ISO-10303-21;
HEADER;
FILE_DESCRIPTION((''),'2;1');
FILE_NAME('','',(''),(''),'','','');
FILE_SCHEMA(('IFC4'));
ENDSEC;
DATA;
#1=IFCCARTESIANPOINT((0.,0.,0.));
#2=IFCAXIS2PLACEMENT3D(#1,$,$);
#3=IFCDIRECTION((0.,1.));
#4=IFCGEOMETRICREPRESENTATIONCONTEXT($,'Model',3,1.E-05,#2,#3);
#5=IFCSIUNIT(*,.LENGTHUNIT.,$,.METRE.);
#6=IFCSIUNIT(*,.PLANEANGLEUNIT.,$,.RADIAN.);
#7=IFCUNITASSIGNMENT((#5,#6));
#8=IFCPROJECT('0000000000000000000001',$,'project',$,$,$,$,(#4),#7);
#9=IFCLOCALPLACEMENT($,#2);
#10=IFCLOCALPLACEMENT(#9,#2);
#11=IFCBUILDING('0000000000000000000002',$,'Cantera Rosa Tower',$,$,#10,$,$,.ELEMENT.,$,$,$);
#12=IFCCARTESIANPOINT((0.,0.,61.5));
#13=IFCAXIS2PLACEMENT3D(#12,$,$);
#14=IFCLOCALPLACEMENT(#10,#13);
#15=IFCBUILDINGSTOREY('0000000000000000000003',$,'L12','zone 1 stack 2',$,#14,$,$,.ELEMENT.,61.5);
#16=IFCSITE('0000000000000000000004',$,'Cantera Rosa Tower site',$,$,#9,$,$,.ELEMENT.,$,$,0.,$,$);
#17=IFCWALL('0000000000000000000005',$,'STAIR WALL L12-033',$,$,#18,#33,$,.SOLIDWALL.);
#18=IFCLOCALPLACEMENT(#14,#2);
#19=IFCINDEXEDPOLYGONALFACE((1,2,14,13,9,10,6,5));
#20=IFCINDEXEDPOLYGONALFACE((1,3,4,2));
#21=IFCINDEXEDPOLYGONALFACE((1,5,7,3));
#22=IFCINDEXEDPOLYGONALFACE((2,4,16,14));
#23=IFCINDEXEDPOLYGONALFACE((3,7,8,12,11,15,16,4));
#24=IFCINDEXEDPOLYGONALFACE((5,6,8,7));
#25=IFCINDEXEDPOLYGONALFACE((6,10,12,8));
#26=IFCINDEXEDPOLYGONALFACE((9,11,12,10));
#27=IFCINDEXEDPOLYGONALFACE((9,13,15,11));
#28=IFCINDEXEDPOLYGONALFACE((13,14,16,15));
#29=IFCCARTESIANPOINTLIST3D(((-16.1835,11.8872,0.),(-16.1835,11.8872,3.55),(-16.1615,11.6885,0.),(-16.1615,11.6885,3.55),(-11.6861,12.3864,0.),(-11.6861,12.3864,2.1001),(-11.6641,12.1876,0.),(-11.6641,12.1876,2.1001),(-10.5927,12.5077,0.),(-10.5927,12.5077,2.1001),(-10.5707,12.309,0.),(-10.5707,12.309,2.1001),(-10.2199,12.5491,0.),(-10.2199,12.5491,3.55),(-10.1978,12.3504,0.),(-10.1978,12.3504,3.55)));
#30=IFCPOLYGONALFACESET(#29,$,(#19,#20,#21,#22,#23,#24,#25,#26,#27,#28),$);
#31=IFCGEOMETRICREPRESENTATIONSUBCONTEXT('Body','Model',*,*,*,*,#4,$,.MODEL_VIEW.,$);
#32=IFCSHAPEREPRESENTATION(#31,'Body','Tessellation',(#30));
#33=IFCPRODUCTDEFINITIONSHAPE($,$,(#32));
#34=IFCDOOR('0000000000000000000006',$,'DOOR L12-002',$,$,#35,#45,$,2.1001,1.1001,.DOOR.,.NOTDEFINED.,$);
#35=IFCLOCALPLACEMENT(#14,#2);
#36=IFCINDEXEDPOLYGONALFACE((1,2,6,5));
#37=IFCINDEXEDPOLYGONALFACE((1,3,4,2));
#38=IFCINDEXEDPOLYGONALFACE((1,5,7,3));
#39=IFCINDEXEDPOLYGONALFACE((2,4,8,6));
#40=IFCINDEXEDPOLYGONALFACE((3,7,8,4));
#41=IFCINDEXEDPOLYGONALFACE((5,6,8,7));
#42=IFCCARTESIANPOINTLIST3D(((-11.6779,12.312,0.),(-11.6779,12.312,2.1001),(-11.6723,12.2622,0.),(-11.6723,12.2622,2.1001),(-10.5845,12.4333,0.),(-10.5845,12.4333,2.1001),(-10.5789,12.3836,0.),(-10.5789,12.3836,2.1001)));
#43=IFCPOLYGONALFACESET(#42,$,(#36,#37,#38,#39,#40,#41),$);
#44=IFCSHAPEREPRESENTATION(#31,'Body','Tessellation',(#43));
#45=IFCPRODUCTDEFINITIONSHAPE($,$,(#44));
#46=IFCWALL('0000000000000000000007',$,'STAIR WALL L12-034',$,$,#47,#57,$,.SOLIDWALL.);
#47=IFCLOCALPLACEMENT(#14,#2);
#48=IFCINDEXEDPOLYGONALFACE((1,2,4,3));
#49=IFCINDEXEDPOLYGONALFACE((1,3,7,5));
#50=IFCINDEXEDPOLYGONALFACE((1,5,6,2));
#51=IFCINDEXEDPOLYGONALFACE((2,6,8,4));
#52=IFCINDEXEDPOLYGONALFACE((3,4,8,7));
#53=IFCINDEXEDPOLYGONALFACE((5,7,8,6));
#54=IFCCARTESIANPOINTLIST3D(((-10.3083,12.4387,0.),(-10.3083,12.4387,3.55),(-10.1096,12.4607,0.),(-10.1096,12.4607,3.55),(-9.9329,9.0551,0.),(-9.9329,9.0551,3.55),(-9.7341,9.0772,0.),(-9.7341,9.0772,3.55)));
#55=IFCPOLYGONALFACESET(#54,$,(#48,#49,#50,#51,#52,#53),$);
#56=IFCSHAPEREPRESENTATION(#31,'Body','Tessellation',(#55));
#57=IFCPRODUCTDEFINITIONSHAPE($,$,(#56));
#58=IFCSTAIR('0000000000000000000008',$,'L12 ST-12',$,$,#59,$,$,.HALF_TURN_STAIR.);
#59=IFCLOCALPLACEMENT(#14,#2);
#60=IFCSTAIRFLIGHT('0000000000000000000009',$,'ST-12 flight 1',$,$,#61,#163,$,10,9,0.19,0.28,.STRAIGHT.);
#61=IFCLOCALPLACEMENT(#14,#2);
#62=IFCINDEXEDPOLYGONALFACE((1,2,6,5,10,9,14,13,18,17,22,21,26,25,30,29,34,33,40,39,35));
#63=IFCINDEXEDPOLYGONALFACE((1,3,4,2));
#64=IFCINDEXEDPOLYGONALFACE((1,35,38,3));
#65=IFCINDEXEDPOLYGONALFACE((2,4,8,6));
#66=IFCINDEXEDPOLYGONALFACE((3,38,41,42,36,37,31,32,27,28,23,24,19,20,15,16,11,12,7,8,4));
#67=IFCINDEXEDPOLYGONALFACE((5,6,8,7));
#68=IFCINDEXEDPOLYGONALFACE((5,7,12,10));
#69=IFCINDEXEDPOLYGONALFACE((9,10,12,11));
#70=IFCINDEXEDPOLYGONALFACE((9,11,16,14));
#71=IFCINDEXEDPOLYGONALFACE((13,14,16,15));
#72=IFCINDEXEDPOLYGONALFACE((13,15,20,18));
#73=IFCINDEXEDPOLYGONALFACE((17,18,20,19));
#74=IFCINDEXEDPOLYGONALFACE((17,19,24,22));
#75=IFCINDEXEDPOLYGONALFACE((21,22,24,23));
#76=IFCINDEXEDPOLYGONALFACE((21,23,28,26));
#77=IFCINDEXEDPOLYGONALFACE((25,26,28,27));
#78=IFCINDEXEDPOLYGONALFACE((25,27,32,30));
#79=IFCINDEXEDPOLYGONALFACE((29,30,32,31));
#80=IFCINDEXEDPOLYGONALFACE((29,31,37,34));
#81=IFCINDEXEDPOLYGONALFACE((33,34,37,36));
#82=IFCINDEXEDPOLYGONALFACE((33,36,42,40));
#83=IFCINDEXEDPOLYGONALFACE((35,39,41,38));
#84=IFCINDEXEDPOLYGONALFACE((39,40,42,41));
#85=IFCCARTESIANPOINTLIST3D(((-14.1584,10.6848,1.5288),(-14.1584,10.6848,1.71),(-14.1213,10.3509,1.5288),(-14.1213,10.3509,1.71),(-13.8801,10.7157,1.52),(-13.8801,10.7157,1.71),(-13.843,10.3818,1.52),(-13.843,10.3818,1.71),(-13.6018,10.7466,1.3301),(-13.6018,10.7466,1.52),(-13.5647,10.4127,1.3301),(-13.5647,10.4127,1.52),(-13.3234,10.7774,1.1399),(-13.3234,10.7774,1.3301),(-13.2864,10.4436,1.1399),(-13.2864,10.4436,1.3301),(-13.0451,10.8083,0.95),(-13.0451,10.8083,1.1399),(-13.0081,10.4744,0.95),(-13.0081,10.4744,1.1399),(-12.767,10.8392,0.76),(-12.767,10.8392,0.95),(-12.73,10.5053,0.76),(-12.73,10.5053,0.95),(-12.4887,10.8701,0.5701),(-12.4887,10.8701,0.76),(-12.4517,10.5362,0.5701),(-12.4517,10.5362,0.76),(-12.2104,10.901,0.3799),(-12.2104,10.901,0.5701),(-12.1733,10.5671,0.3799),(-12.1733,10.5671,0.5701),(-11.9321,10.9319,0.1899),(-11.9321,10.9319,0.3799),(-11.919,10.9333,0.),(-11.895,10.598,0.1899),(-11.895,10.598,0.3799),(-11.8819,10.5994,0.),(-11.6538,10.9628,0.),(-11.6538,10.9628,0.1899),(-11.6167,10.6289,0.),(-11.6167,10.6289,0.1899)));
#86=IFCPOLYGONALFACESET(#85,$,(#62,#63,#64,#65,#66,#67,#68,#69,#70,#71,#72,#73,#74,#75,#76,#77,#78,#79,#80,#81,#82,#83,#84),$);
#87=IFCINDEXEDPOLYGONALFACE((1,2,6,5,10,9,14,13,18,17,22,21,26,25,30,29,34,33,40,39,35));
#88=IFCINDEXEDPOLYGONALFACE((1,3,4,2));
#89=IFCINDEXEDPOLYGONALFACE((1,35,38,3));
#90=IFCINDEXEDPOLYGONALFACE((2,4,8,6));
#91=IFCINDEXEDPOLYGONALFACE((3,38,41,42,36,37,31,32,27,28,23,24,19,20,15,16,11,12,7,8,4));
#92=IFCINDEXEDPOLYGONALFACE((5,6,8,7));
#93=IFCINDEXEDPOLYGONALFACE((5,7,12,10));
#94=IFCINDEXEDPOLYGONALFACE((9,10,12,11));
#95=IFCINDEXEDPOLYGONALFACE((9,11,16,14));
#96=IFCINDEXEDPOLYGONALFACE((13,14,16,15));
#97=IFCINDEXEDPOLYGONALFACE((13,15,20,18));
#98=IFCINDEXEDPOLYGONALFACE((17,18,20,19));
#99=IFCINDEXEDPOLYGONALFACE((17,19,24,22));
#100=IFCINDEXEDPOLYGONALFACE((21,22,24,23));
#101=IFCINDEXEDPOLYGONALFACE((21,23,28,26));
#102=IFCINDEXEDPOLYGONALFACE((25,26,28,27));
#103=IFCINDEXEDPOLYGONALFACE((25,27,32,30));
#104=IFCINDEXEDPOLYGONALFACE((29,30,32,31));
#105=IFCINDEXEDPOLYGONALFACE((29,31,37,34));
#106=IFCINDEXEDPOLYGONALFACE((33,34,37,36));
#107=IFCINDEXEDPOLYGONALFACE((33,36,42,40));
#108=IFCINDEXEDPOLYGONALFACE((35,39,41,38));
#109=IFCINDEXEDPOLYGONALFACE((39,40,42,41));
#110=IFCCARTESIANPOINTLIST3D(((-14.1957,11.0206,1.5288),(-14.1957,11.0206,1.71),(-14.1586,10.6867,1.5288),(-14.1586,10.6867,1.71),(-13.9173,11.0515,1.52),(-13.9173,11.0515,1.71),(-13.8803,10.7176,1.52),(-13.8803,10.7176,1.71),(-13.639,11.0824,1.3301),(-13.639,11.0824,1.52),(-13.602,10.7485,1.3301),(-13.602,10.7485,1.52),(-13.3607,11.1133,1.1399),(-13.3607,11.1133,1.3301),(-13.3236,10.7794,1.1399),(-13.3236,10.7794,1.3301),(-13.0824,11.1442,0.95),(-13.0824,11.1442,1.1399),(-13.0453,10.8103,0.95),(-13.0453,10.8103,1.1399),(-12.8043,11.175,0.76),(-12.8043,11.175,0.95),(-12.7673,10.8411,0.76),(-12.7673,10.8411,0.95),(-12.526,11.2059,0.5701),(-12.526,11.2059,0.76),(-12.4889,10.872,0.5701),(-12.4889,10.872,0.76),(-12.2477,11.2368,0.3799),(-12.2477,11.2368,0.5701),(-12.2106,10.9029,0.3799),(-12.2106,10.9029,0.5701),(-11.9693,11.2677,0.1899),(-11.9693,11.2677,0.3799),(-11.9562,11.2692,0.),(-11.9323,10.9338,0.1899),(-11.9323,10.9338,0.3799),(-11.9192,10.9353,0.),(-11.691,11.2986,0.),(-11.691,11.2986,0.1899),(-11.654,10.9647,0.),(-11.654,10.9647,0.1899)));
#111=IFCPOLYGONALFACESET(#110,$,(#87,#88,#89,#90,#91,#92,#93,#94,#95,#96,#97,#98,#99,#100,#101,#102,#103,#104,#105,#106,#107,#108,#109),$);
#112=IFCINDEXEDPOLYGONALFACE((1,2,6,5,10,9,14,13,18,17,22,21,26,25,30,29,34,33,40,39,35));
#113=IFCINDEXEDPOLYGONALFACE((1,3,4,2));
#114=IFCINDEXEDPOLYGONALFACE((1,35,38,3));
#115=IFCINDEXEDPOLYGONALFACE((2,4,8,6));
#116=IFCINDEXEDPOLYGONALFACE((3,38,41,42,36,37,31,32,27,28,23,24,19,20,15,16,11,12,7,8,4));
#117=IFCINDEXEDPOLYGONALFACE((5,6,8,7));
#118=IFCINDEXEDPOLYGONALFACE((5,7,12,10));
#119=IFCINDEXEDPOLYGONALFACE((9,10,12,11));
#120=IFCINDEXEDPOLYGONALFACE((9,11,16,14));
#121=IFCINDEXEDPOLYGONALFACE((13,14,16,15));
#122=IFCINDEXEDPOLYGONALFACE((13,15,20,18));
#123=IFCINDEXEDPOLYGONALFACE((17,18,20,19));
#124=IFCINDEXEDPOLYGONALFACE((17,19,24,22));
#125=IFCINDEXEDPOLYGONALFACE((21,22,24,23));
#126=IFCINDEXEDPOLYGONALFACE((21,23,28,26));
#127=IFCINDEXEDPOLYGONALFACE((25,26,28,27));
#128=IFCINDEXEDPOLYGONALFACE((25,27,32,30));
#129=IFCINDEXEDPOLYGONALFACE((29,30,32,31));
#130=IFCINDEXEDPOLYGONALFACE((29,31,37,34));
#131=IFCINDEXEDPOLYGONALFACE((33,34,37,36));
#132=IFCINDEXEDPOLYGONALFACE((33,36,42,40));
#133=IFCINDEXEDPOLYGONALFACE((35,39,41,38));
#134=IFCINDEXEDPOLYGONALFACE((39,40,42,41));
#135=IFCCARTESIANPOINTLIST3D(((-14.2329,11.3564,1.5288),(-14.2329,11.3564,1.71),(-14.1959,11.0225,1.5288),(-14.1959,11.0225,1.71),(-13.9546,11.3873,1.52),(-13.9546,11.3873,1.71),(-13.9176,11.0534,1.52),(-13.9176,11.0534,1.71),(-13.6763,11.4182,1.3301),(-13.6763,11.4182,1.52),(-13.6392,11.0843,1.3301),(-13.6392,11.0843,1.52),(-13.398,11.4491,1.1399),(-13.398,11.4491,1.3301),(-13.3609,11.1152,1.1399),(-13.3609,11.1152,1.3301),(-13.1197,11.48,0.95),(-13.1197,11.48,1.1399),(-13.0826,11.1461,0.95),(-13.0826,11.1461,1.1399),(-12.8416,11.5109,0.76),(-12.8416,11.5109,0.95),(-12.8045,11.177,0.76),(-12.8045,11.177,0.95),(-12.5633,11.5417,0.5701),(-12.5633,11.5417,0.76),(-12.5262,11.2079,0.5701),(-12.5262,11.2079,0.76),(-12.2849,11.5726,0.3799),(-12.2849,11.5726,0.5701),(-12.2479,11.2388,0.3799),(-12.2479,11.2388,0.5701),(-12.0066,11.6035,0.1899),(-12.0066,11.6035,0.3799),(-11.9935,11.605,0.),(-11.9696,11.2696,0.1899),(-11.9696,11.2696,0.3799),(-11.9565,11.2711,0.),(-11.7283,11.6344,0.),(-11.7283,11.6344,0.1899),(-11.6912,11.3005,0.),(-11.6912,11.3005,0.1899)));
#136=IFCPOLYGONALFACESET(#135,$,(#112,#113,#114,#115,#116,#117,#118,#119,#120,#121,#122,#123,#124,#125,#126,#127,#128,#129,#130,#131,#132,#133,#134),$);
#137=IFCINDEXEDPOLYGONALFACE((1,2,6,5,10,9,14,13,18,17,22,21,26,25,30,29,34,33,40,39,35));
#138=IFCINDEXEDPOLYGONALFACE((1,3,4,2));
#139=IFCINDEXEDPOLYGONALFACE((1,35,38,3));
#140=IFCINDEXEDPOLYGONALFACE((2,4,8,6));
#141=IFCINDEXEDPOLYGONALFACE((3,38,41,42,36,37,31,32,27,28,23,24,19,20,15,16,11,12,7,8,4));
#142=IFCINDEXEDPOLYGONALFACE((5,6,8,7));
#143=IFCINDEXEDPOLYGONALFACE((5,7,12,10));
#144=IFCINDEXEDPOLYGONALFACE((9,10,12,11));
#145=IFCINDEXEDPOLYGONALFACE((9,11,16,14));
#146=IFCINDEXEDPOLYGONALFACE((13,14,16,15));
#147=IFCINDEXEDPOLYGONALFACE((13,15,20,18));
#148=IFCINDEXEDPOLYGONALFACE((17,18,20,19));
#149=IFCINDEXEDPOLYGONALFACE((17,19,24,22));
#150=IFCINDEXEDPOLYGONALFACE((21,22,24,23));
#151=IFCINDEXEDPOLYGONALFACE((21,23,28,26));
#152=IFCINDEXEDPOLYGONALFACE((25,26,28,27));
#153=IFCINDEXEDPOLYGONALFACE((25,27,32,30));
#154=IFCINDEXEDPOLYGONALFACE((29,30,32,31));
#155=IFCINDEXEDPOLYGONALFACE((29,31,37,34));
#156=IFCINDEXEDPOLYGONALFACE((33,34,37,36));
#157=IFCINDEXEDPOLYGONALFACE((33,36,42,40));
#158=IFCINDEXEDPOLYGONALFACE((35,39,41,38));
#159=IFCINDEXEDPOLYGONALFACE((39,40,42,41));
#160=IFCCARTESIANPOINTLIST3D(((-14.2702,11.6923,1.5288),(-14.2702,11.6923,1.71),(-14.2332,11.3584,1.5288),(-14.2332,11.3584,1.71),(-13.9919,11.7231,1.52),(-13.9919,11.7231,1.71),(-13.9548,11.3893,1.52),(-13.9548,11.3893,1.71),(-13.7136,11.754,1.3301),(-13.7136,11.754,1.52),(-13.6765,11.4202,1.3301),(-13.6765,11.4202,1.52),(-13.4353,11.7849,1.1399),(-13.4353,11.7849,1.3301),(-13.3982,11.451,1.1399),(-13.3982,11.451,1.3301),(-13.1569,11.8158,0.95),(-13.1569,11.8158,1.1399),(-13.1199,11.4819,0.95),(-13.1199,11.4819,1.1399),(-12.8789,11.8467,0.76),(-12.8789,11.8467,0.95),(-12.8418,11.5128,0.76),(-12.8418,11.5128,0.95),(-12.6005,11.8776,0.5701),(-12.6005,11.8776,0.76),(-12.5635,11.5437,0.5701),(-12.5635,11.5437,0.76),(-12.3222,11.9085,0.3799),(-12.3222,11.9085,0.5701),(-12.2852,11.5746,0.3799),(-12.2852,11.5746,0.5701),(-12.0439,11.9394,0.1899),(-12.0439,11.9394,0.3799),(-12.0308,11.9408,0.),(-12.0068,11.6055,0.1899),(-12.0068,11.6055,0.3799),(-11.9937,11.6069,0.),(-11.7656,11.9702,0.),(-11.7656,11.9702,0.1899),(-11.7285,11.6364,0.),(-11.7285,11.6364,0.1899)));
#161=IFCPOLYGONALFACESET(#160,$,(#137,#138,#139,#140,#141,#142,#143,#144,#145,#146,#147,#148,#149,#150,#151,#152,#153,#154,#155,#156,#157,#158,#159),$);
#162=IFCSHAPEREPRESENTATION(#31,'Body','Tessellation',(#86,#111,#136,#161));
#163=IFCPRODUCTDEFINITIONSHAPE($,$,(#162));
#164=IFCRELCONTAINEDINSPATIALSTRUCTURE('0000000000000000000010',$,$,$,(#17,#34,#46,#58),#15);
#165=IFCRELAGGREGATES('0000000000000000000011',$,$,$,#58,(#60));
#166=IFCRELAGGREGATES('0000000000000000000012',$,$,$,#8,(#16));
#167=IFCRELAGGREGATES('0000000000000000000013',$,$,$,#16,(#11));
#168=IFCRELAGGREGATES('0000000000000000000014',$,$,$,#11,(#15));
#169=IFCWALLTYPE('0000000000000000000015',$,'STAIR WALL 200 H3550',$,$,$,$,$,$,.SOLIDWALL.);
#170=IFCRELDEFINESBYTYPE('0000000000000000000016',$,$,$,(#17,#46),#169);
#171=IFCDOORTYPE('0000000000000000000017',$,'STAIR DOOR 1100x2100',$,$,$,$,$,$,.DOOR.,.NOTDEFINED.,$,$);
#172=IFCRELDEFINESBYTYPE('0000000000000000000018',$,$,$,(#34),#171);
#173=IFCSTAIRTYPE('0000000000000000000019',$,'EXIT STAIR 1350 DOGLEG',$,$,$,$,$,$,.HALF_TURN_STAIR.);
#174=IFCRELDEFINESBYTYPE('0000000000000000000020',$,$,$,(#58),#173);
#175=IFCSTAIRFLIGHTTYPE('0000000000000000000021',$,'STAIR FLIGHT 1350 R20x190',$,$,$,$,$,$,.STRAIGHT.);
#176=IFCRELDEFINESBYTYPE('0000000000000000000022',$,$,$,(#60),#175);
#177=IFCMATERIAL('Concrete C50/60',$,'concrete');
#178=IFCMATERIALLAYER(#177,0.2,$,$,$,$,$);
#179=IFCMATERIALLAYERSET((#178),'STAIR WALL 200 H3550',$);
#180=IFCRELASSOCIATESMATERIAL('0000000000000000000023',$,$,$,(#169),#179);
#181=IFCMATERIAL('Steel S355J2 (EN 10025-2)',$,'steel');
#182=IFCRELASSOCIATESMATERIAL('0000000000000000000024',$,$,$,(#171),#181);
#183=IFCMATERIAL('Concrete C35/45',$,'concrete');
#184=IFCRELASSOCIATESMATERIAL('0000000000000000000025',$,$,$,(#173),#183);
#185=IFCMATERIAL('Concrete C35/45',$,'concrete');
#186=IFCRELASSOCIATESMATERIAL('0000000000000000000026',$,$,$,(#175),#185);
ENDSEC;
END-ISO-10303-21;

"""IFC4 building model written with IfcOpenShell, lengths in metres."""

from ifc_helpers import new_model, si_unit, direction, frame, frame_2d, origin, place, context, subcontext, project, spatial, polyline, rectangle, outline, extrude, material, layer, layer_set, type_object, element, fill, aggregate, save


model = new_model("IFC4")

# Units and contexts
model_context = context("Model", 3, precision=1e-05, world=origin(), true_north=direction((0.0, 1.0)))
body_context = subcontext(model_context, "Body", "Model", "MODEL_VIEW")
ifc_project = project(units=[si_unit("LENGTHUNIT", "METRE"), si_unit("PLANEANGLEUNIT", "RADIAN")], contexts=[model_context])

# Site, building, storey
site_placement = place(None, origin())
site = spatial("IfcSite", under=ifc_project, at=site_placement, Name="Cantera Rosa Tower site", CompositionType="ELEMENT", RefElevation=0.0)
building_placement = place(site_placement, origin())
building = spatial("IfcBuilding", under=site, at=building_placement, Name="Cantera Rosa Tower", CompositionType="ELEMENT")
storey_placement = place(building_placement, frame((0.0, 0.0, 61.5)))
storey = spatial("IfcBuildingStorey", under=building, at=storey_placement, Name="L12", Description="zone 1 stack 2", CompositionType="ELEMENT", Elevation=61.5)

# Wall, opening, door
ifc_material_1 = material(Name="Concrete C50/60", Category="concrete")
ifc_layer_1 = layer(ifc_material_1, 0.2)
ifc_layer_set_1 = layer_set([ifc_layer_1], Name="STAIR WALL 200 H3550")
wall_type_1 = type_object("IfcWallType", Name="STAIR WALL 200 H3550", PredefinedType="SOLIDWALL", material=ifc_layer_set_1)
wall_1_placement = place(storey_placement, frame((-10.209, 12.4497, 0.0), z_axis=(0.0, 0.0, 1.0), x_axis=(-0.993898, -0.110306, 0.0)))
wall_1 = element("IfcWall", 1, at=wall_1_placement, inside=storey, type_object=wall_type_1, Name="STAIR WALL L12-033", PredefinedType="SOLIDWALL", context=body_context, shape_type="SweptSolid", body=[
    extrude(rectangle(XDim=6.0002, YDim=0.2, at=frame_2d((3.0, 0.0))), origin(), (0.0, 0.0, 1.0), 3.55),
])
opening_1_placement = place(wall_1_placement, frame((0.375, 0.0, 0.0)))
opening_1 = element("IfcOpeningElement", 2, at=opening_1_placement, cuts=wall_1, PredefinedType="OPENING", context=body_context, shape_type="SweptSolid", body=[
    extrude(rectangle(XDim=1.1001, YDim=2.1001, at=frame_2d((0.55, 1.05))), frame((0.0, 0.1099, 0.0), z_axis=(0.0, -1.0, 0.0), x_axis=(1.0, 0.0, 0.0)), (0.0, 0.0, 1.0), 0.22),
])
ifc_material_2 = material(Name="Steel S355J2 (EN 10025-2)", Category="steel")
door_type_1 = type_object("IfcDoorType", Name="STAIR DOOR 1100x2100", OperationType="NOTDEFINED", PredefinedType="DOOR", material=ifc_material_2)
door_1_placement = place(opening_1_placement, origin())
door_1 = element("IfcDoor", 3, at=door_1_placement, inside=storey, type_object=door_type_1, Name="DOOR L12-002", OperationType="NOTDEFINED", OverallHeight=2.1001, OverallWidth=1.1001, PredefinedType="DOOR", context=body_context, shape_type="SweptSolid", body=[
    extrude(rectangle(XDim=1.1001, YDim=2.1001, at=frame_2d((0.55, 1.05))), frame((0.0, 0.0249, 0.0), z_axis=(0.0, -1.0, 0.0), x_axis=(1.0, 0.0, 0.0)), (0.0, 0.0, 1.0), 0.05),
])
fill(opening_1, door_1)

# Wall
wall_2_placement = place(storey_placement, frame((-9.8335, 9.0662, 0.0), z_axis=(0.0, 0.0, 1.0), x_axis=(-0.110298, 0.993899, 0.0)))
element("IfcWall", 4, at=wall_2_placement, inside=storey, type_object=wall_type_1, Name="STAIR WALL L12-034", PredefinedType="SOLIDWALL", context=body_context, shape_type="SweptSolid", body=[
    extrude(rectangle(XDim=3.4043, YDim=0.2, at=frame_2d((1.7021, 0.0))), origin(), (0.0, 0.0, 1.0), 3.55),
])

# Stair, stair flight
ifc_material_3 = material(Name="Concrete C35/45", Category="concrete")
stair_type = type_object("IfcStairType", Name="EXIT STAIR 1350 DOGLEG", PredefinedType="HALF_TURN_STAIR", material=ifc_material_3)
stair_placement = place(storey_placement, origin())
stair = element("IfcStair", 5, at=stair_placement, inside=storey, type_object=stair_type, Name="L12 ST-12", PredefinedType="HALF_TURN_STAIR")
ifc_material_4 = material(Name="Concrete C35/45", Category="concrete")
stair_flight_type = type_object("IfcStairFlightType", Name="STAIR FLIGHT 1350 R20x190", PredefinedType="STRAIGHT", material=ifc_material_4)
stair_flight_placement = place(storey_placement, frame((-11.6912, 11.2998, 0.0), z_axis=(0.0, 0.0, 1.0), x_axis=(-0.993897, -0.110313, 0.0)))
stair_flight = element("IfcStairFlight", 6, at=stair_flight_placement, type_object=stair_flight_type, Name="ST-12 flight 1", NumberOfRisers=10, NumberOfTreads=9, PredefinedType="STRAIGHT", RiserHeight=0.19, TreadLength=0.28, context=body_context, shape_type="SweptSolid", body=[
    extrude(outline(polyline([(0.0, 0.0), (0.0, 0.1899), (0.28, 0.1899), (0.28, 0.3799), (0.5601, 0.3799), (0.5601, 0.5701), (0.8401, 0.5701), (0.8401, 0.76), (1.1201, 0.76), (1.1201, 0.95), (1.3999, 0.95), (1.3999, 1.1399), (1.6799, 1.1399), (1.6799, 1.3301), (1.96, 1.3301), (1.96, 1.52), (2.24, 1.52), (2.24, 1.71), (2.52, 1.71), (2.52, 1.8999), (2.52, 1.5288), (0.2668, 0.0), (0.0, 0.0)])), frame((0.0, 0.675, 0.0), z_axis=(0.0, -1.0, 0.0), x_axis=(1.0, 0.0, 0.0)), (0.0, 0.0, 1.0), 0.3359),
    extrude(outline(polyline([(0.0, 0.0), (0.0, 0.1899), (0.28, 0.1899), (0.28, 0.3799), (0.5601, 0.3799), (0.5601, 0.5701), (0.8401, 0.5701), (0.8401, 0.76), (1.1201, 0.76), (1.1201, 0.95), (1.3999, 0.95), (1.3999, 1.1399), (1.6799, 1.1399), (1.6799, 1.3301), (1.96, 1.3301), (1.96, 1.52), (2.24, 1.52), (2.24, 1.71), (2.52, 1.71), (2.52, 1.8999), (2.52, 1.5288), (0.2668, 0.0), (0.0, 0.0)])), frame((0.0, 0.3372, 0.0), z_axis=(0.0, -1.0, 0.0), x_axis=(1.0, 0.0, 0.0)), (0.0, 0.0, 1.0), 0.3359),
    extrude(outline(polyline([(0.0, 0.0), (0.0, 0.1899), (0.28, 0.1899), (0.28, 0.3799), (0.5601, 0.3799), (0.5601, 0.5701), (0.8401, 0.5701), (0.8401, 0.76), (1.1201, 0.76), (1.1201, 0.95), (1.3999, 0.95), (1.3999, 1.1399), (1.6799, 1.1399), (1.6799, 1.3301), (1.96, 1.3301), (1.96, 1.52), (2.24, 1.52), (2.24, 1.71), (2.52, 1.71), (2.52, 1.8999), (2.52, 1.5288), (0.2668, 0.0), (0.0, 0.0)])), frame((0.0, -0.0007, 0.0), z_axis=(0.0, -1.0, 0.0), x_axis=(1.0, 0.0, 0.0)), (0.0, 0.0, 1.0), 0.3359),
    extrude(outline(polyline([(0.0, 0.0), (0.0, 0.1899), (0.28, 0.1899), (0.28, 0.3799), (0.5601, 0.3799), (0.5601, 0.5701), (0.8401, 0.5701), (0.8401, 0.76), (1.1201, 0.76), (1.1201, 0.95), (1.3999, 0.95), (1.3999, 1.1399), (1.6799, 1.1399), (1.6799, 1.3301), (1.96, 1.3301), (1.96, 1.52), (2.24, 1.52), (2.24, 1.71), (2.52, 1.71), (2.52, 1.8999), (2.52, 1.5288), (0.2668, 0.0), (0.0, 0.0)])), frame((0.0, -0.3386, 0.0), z_axis=(0.0, -1.0, 0.0), x_axis=(1.0, 0.0, 0.0)), (0.0, 0.0, 1.0), 0.3359),
])
aggregate(stair, [stair_flight])

save(model, "model.ifc")
